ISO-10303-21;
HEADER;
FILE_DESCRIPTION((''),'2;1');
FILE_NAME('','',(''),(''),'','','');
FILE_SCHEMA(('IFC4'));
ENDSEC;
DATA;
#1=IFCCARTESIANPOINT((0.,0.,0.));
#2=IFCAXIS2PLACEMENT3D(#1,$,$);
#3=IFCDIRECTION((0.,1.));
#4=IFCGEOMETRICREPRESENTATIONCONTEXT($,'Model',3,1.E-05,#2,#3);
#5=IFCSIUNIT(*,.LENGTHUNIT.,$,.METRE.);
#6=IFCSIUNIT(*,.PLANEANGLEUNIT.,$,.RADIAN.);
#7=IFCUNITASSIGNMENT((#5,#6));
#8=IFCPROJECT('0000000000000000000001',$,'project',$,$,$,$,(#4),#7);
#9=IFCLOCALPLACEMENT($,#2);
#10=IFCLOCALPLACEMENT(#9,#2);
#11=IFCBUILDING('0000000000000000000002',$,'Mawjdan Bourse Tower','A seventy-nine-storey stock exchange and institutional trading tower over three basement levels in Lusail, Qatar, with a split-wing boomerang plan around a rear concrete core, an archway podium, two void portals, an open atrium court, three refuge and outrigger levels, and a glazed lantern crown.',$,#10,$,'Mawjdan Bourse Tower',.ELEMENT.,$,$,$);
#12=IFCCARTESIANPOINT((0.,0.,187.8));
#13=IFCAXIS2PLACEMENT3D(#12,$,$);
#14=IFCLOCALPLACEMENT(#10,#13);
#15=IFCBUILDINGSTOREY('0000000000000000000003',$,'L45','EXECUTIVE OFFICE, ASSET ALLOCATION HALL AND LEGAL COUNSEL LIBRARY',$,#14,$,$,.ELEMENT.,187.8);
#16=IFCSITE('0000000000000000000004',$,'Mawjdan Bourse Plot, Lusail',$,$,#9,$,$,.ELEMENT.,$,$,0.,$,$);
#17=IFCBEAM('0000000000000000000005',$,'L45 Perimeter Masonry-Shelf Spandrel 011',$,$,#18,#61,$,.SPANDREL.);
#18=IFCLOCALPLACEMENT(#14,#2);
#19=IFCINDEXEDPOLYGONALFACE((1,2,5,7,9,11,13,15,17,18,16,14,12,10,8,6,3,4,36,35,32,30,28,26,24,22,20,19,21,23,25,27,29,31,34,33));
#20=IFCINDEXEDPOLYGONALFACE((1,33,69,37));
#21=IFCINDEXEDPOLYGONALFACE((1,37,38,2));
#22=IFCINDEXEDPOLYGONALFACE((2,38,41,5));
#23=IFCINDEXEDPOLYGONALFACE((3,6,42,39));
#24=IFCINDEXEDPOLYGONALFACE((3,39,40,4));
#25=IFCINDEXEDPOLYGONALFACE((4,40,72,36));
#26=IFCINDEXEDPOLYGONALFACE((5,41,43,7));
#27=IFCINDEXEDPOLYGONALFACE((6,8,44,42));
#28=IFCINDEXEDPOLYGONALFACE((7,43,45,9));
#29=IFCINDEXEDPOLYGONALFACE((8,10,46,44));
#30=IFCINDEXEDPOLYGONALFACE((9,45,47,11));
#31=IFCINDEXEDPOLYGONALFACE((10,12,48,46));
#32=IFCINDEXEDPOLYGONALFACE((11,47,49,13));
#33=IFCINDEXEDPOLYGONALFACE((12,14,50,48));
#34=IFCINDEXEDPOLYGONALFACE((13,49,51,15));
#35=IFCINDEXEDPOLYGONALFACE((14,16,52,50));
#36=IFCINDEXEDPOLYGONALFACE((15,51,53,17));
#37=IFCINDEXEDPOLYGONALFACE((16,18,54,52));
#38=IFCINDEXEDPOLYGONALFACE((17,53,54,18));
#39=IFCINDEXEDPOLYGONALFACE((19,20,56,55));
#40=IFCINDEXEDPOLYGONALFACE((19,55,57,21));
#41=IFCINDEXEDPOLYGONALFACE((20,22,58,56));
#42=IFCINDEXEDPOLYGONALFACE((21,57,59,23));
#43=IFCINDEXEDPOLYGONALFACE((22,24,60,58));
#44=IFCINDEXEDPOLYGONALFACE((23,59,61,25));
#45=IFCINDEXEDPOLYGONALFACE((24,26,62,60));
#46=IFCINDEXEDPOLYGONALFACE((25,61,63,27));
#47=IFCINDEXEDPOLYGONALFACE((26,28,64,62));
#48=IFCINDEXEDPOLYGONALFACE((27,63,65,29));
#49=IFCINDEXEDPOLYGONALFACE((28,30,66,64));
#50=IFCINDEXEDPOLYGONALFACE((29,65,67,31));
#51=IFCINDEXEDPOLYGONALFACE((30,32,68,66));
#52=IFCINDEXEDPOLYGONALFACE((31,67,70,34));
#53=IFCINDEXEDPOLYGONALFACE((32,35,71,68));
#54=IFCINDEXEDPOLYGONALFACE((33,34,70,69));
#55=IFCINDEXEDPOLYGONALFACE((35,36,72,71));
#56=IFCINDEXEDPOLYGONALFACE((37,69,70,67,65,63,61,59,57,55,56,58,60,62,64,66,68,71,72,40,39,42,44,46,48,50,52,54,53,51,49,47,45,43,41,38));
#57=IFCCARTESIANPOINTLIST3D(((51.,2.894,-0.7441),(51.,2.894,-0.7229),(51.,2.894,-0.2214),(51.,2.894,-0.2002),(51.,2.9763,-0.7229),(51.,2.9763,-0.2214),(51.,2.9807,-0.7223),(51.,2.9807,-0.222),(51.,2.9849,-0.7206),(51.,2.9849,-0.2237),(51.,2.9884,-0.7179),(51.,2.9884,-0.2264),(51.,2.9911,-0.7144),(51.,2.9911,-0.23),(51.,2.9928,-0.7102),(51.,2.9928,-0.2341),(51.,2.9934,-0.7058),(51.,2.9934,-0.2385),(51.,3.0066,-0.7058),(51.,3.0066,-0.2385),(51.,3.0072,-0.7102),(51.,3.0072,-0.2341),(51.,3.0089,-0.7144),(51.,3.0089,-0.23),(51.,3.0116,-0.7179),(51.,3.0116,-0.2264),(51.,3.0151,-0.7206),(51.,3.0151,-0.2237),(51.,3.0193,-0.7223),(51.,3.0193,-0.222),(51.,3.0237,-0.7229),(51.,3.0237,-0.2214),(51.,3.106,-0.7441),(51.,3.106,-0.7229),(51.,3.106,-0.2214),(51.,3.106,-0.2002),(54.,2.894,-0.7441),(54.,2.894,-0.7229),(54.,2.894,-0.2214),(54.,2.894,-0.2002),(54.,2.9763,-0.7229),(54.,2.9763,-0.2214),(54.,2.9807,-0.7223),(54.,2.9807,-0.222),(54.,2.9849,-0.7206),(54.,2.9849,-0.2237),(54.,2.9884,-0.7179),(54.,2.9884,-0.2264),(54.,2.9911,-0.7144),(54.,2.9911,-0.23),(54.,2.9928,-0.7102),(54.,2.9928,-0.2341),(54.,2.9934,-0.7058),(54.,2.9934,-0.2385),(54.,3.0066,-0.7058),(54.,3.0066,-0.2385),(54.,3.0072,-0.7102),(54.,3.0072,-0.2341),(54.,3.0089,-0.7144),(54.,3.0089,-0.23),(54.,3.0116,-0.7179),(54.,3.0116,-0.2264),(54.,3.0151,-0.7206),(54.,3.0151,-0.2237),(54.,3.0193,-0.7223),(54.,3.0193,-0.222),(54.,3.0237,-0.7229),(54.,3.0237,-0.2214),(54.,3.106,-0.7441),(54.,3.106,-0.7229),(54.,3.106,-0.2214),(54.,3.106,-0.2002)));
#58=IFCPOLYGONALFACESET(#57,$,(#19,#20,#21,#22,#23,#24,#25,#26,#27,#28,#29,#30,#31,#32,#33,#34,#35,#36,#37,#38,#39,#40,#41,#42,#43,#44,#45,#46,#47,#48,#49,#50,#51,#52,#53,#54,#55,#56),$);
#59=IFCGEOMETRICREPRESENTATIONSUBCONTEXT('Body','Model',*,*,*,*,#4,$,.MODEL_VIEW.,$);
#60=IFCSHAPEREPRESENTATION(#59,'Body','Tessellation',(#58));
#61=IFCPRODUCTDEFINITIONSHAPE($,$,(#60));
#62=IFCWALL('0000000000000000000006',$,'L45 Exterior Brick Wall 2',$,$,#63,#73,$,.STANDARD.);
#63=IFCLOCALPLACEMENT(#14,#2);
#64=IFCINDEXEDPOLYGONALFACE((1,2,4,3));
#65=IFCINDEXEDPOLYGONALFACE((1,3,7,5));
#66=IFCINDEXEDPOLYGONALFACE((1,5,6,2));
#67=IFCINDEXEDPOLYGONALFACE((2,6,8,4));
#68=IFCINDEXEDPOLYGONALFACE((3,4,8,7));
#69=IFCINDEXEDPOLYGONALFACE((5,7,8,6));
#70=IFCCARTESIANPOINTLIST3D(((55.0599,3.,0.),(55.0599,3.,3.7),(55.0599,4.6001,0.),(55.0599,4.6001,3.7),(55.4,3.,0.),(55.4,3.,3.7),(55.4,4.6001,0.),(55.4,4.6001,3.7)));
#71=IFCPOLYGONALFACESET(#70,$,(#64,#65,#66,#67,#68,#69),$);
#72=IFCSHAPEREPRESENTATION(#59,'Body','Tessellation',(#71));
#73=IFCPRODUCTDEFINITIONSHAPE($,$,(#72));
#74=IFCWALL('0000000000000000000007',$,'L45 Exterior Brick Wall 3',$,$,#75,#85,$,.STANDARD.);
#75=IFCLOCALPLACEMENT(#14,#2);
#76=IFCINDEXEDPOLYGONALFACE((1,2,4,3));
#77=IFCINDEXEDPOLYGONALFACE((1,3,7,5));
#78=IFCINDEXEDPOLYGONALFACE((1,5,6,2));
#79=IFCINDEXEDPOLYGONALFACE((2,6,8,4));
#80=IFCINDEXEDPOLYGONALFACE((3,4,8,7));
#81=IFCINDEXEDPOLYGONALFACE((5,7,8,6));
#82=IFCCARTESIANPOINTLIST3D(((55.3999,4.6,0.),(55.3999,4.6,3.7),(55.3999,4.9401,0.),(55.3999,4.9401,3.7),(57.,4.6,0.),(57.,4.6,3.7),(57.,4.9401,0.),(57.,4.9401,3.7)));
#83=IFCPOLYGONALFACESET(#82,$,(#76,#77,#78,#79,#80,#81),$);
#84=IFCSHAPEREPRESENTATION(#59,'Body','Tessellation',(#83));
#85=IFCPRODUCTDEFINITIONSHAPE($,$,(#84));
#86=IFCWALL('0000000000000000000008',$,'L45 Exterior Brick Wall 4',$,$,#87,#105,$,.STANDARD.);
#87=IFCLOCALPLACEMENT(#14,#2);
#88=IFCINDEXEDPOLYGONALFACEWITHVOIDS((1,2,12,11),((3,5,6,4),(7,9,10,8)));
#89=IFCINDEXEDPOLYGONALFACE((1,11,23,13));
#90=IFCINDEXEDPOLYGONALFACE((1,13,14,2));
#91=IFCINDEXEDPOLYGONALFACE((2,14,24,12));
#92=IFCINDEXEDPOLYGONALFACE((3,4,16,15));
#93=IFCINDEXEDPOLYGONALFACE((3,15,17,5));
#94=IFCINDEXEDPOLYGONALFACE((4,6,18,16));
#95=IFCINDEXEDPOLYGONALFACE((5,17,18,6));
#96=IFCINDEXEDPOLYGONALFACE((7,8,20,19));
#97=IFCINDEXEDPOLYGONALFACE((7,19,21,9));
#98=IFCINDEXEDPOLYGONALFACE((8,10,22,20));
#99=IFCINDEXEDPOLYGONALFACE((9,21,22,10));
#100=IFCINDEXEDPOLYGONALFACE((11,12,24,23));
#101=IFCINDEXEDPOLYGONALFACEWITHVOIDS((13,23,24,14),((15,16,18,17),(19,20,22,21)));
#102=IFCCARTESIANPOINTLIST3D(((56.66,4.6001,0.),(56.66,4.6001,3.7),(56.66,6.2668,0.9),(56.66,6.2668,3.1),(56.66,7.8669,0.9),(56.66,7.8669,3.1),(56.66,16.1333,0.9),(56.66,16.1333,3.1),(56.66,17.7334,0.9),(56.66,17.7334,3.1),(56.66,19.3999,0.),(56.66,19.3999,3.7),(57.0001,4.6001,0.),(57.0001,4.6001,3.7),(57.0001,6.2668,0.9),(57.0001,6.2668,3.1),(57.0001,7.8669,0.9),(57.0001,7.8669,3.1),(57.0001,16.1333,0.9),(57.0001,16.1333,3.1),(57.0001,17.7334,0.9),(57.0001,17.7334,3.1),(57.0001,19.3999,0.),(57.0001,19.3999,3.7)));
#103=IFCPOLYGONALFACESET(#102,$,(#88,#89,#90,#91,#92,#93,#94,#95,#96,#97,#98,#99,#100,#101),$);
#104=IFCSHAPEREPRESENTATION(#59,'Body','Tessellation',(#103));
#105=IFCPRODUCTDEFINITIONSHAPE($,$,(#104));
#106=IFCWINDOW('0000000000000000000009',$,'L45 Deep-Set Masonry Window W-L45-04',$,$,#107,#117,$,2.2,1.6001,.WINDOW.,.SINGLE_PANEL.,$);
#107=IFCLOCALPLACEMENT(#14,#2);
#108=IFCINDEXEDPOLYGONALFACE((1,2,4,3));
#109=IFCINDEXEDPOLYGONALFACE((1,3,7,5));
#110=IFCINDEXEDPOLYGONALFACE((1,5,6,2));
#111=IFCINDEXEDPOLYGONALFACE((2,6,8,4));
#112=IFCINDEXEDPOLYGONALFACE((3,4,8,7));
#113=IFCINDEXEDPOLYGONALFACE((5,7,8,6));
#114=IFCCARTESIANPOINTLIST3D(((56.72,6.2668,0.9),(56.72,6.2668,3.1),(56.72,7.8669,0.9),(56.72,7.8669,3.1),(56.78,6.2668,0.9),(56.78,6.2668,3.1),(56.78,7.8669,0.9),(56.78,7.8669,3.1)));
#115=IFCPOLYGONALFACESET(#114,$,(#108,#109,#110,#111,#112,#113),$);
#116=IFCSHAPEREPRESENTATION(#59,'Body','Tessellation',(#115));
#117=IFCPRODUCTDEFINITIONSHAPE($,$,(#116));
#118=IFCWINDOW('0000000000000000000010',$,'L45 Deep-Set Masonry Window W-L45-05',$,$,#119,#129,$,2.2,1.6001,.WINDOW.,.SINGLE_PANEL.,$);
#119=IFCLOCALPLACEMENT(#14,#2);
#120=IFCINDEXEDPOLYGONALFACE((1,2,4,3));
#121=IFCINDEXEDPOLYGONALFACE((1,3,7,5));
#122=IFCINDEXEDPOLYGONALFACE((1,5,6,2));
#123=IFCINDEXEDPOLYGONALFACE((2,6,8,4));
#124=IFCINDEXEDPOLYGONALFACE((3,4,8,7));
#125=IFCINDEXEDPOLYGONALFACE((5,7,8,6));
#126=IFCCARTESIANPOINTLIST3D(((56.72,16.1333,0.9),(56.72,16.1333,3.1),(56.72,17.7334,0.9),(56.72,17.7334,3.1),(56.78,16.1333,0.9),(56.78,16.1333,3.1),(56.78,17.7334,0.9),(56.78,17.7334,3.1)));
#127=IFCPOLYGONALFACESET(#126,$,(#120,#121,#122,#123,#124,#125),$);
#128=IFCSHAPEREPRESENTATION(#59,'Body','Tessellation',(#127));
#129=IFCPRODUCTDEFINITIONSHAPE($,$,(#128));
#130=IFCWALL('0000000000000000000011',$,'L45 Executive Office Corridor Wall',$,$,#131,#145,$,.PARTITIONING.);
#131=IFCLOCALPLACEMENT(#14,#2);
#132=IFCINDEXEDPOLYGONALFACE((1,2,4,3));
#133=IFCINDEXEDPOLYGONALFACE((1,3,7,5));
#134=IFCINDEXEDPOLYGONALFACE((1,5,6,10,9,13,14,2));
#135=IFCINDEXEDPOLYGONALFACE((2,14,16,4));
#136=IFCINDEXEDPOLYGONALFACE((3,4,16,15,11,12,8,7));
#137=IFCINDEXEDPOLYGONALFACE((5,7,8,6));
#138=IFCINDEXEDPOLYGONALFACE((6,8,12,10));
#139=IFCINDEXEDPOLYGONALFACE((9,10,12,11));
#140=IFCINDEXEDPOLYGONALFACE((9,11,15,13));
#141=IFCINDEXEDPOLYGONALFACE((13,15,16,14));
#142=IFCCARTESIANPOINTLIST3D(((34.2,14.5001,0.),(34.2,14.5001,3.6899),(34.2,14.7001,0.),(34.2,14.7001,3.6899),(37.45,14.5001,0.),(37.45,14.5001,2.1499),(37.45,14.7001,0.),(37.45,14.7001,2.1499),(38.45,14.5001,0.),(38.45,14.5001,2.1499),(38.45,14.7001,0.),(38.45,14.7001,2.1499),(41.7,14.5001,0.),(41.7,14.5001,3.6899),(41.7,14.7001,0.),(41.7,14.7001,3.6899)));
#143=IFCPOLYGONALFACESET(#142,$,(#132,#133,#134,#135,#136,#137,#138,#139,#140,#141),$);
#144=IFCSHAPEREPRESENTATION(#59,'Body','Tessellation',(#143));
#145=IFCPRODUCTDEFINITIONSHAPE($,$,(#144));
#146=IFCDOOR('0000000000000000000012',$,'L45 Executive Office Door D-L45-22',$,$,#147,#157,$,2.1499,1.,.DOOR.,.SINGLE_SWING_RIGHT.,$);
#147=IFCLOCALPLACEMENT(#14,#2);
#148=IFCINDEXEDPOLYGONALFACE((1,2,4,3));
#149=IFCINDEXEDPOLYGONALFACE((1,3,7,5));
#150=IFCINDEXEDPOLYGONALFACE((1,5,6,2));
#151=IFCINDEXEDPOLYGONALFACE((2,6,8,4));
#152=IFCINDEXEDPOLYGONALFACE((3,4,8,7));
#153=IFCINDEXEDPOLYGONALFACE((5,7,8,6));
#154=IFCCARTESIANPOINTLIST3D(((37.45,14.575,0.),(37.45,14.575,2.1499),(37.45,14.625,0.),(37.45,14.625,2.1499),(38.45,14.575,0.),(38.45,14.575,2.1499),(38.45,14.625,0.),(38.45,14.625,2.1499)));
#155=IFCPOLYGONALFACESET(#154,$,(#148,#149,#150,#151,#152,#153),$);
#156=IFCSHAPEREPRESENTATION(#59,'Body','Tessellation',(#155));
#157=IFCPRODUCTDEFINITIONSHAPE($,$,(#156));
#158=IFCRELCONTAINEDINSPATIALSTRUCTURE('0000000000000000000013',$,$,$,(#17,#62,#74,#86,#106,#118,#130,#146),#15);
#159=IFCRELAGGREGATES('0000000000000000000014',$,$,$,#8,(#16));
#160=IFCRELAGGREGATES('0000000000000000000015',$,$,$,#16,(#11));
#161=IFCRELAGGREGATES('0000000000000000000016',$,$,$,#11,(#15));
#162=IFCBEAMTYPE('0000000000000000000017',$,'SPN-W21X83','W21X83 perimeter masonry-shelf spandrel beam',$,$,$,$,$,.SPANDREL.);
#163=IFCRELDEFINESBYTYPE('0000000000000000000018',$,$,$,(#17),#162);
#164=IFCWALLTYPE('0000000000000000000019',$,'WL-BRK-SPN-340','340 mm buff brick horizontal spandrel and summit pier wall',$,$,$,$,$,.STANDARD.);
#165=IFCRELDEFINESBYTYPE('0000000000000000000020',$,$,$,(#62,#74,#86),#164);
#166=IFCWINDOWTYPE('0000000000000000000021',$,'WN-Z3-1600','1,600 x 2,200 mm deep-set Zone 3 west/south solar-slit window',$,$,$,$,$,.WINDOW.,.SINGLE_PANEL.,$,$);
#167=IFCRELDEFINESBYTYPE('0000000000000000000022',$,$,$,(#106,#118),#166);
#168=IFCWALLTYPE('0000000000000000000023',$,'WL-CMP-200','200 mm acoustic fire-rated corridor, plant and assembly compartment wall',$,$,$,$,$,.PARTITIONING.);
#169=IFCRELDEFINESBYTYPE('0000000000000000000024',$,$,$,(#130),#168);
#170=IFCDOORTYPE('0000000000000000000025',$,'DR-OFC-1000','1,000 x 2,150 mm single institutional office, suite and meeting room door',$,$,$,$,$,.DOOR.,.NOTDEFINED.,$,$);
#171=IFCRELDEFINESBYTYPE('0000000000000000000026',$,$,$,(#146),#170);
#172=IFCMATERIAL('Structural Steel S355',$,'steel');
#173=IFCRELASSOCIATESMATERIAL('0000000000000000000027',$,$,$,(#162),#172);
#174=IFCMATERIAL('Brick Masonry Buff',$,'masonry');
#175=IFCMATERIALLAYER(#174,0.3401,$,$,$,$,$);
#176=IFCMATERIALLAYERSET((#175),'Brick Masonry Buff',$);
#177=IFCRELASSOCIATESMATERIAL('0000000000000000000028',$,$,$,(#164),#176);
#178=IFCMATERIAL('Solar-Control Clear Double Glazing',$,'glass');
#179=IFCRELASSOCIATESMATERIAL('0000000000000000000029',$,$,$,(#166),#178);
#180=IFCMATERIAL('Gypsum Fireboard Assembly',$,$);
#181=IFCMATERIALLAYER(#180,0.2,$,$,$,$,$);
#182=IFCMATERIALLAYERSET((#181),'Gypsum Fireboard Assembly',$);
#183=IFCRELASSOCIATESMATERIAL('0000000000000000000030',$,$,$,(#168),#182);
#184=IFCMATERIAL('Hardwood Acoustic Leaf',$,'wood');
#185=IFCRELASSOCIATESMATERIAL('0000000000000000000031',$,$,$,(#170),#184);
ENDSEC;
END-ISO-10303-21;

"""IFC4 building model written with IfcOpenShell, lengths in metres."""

from ifc_helpers import new_model, si_unit, direction, frame, frame_2d, origin, origin_2d, place, context, subcontext, project, spatial, rectangle, i_section, extrude, material, layer, layer_set, material_profile, profile_set, type_object, element, fill, save


model = new_model("IFC4")

# Units and contexts
model_context = context("Model", 3, precision=1e-05, world=origin(), true_north=direction((0.0, 1.0)))
body_context = subcontext(model_context, "Body", "Model", "MODEL_VIEW")
ifc_project = project(units=[si_unit("LENGTHUNIT", "METRE"), si_unit("PLANEANGLEUNIT", "RADIAN")], contexts=[model_context])

# Site, building, storey
site_placement = place(None, origin())
site = spatial("IfcSite", under=ifc_project, at=site_placement, Name="Mawjdan Bourse Plot, Lusail", CompositionType="ELEMENT", RefElevation=0.0)
building_placement = place(site_placement, origin())
building = spatial("IfcBuilding", under=site, at=building_placement, Name="Mawjdan Bourse Tower", Description="A seventy-nine-storey stock exchange and institutional trading tower over three basement levels in Lusail, Qatar, with a split-wing boomerang plan around a rear concrete core, an archway podium, two void portals, an open atrium court, three refuge and outrigger levels, and a glazed lantern crown.", LongName="Mawjdan Bourse Tower", CompositionType="ELEMENT")
storey_placement = place(building_placement, frame((0.0, 0.0, 187.8)))
storey = spatial("IfcBuildingStorey", under=building, at=storey_placement, Name="L45", Description="EXECUTIVE OFFICE, ASSET ALLOCATION HALL AND LEGAL COUNSEL LIBRARY", CompositionType="ELEMENT", Elevation=187.8)

# Beam
ifc_material_1 = material(Name="Structural Steel S355", Category="steel")
ifc_material_profile_1 = material_profile(ifc_material_1, i_section(OverallWidth=0.2119, OverallDepth=0.5439, WebThickness=0.0132, FlangeThickness=0.0212, FilletRadius=0.0171, at=origin_2d()), Name="W21X83")
ifc_profile_set_1 = profile_set([ifc_material_profile_1], Name="Structural Steel S355")
beam_type_1 = type_object("IfcBeamType", Name="SPN-W21X83", Description="W21X83 perimeter masonry-shelf spandrel beam", PredefinedType="SPANDREL", material=ifc_profile_set_1)
for number, where, z_axis, x_axis, name in (
    (1, (51.0, 3.0, -0.4722), (1.0, 0.0, 0.0), (0.0, 1.0, 0.0), "L45 Perimeter Masonry-Shelf Spandrel 011"),
):
    element("IfcBeam", number, at=place(storey_placement, frame(where, z_axis=z_axis, x_axis=x_axis)), inside=storey, type_object=beam_type_1, Name=name, PredefinedType="SPANDREL", context=body_context, shape_type="SweptSolid", body=[
        extrude(i_section(OverallWidth=0.2119, OverallDepth=0.5439, WebThickness=0.0132, FlangeThickness=0.0212, FilletRadius=0.0171, at=origin_2d()), origin(), (0.0, 0.0, 1.0), 3.0),
    ])

# Walls
ifc_material_2 = material(Name="Brick Masonry Buff", Category="masonry")
ifc_layer_1 = layer(ifc_material_2, 0.3401)
ifc_layer_set_1 = layer_set([ifc_layer_1], Name="Brick Masonry Buff")
wall_type_1 = type_object("IfcWallType", Name="WL-BRK-SPN-340", Description="340 mm buff brick horizontal spandrel and summit pier wall", PredefinedType="STANDARD", material=ifc_layer_set_1)
for number, where, z_axis, x_axis, name in (
    (2, (55.23, 3.0, 0.0), (0.0, 0.0, 1.0), (0.0, 1.0, 0.0), "L45 Exterior Brick Wall 2"),
    (3, (55.3999, 4.77, 0.0), (0.0, 0.0, 1.0), (1.0, 0.0, 0.0), "L45 Exterior Brick Wall 3"),
):
    element("IfcWall", number, at=place(storey_placement, frame(where, z_axis=z_axis, x_axis=x_axis)), inside=storey, type_object=wall_type_1, Name=name, PredefinedType="STANDARD", context=body_context, shape_type="SweptSolid", body=[
        extrude(rectangle(XDim=1.6001, YDim=0.3401, at=frame_2d((0.8, 0.0))), origin(), (0.0, 0.0, 1.0), 3.7),
    ])

# Wall, openings, windows
wall_1_placement = place(storey_placement, frame((56.8301, 4.6001, 0.0), z_axis=(0.0, 0.0, 1.0), x_axis=(0.0, 1.0, 0.0)))
wall_1 = element("IfcWall", 4, at=wall_1_placement, inside=storey, type_object=wall_type_1, Name="L45 Exterior Brick Wall 4", PredefinedType="STANDARD", context=body_context, shape_type="SweptSolid", body=[
    extrude(rectangle(XDim=14.7998, YDim=0.3401, at=frame_2d((7.3999, 0.0))), origin(), (0.0, 0.0, 1.0), 3.7),
])
opening_1_placement = place(wall_1_placement, frame((1.6667, 0.0, 0.8999)))
opening_1 = element("IfcOpeningElement", 5, at=opening_1_placement, cuts=wall_1, PredefinedType="OPENING", context=body_context, shape_type="SweptSolid", body=[
    extrude(rectangle(XDim=1.6001, YDim=2.2, at=frame_2d((0.8, 1.1001))), frame((0.0, 0.1802, 0.0), z_axis=(0.0, -1.0, 0.0), x_axis=(1.0, 0.0, 0.0)), (0.0, 0.0, 1.0), 0.3601),
])
opening_2_placement = place(wall_1_placement, frame((11.5332, 0.0, 0.8999)))
opening_2 = element("IfcOpeningElement", 6, at=opening_2_placement, cuts=wall_1, PredefinedType="OPENING", context=body_context, shape_type="SweptSolid", body=[
    extrude(rectangle(XDim=1.6001, YDim=2.2, at=frame_2d((0.8, 1.1001))), frame((0.0, 0.1802, 0.0), z_axis=(0.0, -1.0, 0.0), x_axis=(1.0, 0.0, 0.0)), (0.0, 0.0, 1.0), 0.3601),
])
ifc_material_3 = material(Name="Solar-Control Clear Double Glazing", Category="glass")
window_type = type_object("IfcWindowType", Name="WN-Z3-1600", Description="1,600 x 2,200 mm deep-set Zone 3 west/south solar-slit window", PartitioningType="SINGLE_PANEL", PredefinedType="WINDOW", material=ifc_material_3)
window_1_placement = place(opening_1_placement, origin())
window_1 = element("IfcWindow", 7, at=window_1_placement, inside=storey, type_object=window_type, Name="L45 Deep-Set Masonry Window W-L45-04", OverallHeight=2.2, OverallWidth=1.6001, PartitioningType="SINGLE_PANEL", PredefinedType="WINDOW", context=body_context, shape_type="SweptSolid", body=[
    extrude(rectangle(XDim=1.6001, YDim=2.2, at=frame_2d((0.8, 1.1001))), frame((0.0, 0.1101, 0.0), z_axis=(0.0, -1.0, 0.0), x_axis=(1.0, 0.0, 0.0)), (0.0, 0.0, 1.0), 0.0601),
])
fill(opening_1, window_1)
window_2_placement = place(opening_2_placement, origin())
window_2 = element("IfcWindow", 8, at=window_2_placement, inside=storey, type_object=window_type, Name="L45 Deep-Set Masonry Window W-L45-05", OverallHeight=2.2, OverallWidth=1.6001, PartitioningType="SINGLE_PANEL", PredefinedType="WINDOW", context=body_context, shape_type="SweptSolid", body=[
    extrude(rectangle(XDim=1.6001, YDim=2.2, at=frame_2d((0.8, 1.1001))), frame((0.0, 0.1101, 0.0), z_axis=(0.0, -1.0, 0.0), x_axis=(1.0, 0.0, 0.0)), (0.0, 0.0, 1.0), 0.0601),
])
fill(opening_2, window_2)

# Wall, opening, door
ifc_material_4 = material(Name="Gypsum Fireboard Assembly")
ifc_layer_2 = layer(ifc_material_4, 0.2)
ifc_layer_set_2 = layer_set([ifc_layer_2], Name="Gypsum Fireboard Assembly")
wall_type_2 = type_object("IfcWallType", Name="WL-CMP-200", Description="200 mm acoustic fire-rated corridor, plant and assembly compartment wall", PredefinedType="PARTITIONING", material=ifc_layer_set_2)
wall_2_placement = place(storey_placement, frame((34.2, 14.6001, 0.0), z_axis=(0.0, 0.0, 1.0), x_axis=(1.0, 0.0, 0.0)))
wall_2 = element("IfcWall", 9, at=wall_2_placement, inside=storey, type_object=wall_type_2, Name="L45 Executive Office Corridor Wall", PredefinedType="PARTITIONING", context=body_context, shape_type="SweptSolid", body=[
    extrude(rectangle(XDim=7.5, YDim=0.2, at=frame_2d((3.75, 0.0))), origin(), (0.0, 0.0, 1.0), 3.6899),
])
opening_3_placement = place(wall_2_placement, frame((3.25, 0.0, 0.0)))
opening_3 = element("IfcOpeningElement", 10, at=opening_3_placement, cuts=wall_2, PredefinedType="OPENING", context=body_context, shape_type="SweptSolid", body=[
    extrude(rectangle(XDim=1.0, YDim=2.1499, at=frame_2d((0.5, 1.075))), frame((0.0, 0.1099, 0.0), z_axis=(0.0, -1.0, 0.0), x_axis=(1.0, 0.0, 0.0)), (0.0, 0.0, 1.0), 0.22),
])
ifc_material_5 = material(Name="Hardwood Acoustic Leaf", Category="wood")
door_type_1 = type_object("IfcDoorType", Name="DR-OFC-1000", Description="1,000 x 2,150 mm single institutional office, suite and meeting room door", OperationType="NOTDEFINED", PredefinedType="DOOR", material=ifc_material_5)
door_1_placement = place(opening_3_placement, origin())
door_1 = element("IfcDoor", 11, at=door_1_placement, inside=storey, type_object=door_type_1, Name="L45 Executive Office Door D-L45-22", OperationType="SINGLE_SWING_RIGHT", OverallHeight=2.1499, OverallWidth=1.0, PredefinedType="DOOR", context=body_context, shape_type="SweptSolid", body=[
    extrude(rectangle(XDim=1.0, YDim=2.1499, at=frame_2d((0.5, 1.075))), frame((0.0, 0.0249, 0.0), z_axis=(0.0, -1.0, 0.0), x_axis=(1.0, 0.0, 0.0)), (0.0, 0.0, 1.0), 0.05),
])
fill(opening_3, door_1)

save(model, "model.ifc")
